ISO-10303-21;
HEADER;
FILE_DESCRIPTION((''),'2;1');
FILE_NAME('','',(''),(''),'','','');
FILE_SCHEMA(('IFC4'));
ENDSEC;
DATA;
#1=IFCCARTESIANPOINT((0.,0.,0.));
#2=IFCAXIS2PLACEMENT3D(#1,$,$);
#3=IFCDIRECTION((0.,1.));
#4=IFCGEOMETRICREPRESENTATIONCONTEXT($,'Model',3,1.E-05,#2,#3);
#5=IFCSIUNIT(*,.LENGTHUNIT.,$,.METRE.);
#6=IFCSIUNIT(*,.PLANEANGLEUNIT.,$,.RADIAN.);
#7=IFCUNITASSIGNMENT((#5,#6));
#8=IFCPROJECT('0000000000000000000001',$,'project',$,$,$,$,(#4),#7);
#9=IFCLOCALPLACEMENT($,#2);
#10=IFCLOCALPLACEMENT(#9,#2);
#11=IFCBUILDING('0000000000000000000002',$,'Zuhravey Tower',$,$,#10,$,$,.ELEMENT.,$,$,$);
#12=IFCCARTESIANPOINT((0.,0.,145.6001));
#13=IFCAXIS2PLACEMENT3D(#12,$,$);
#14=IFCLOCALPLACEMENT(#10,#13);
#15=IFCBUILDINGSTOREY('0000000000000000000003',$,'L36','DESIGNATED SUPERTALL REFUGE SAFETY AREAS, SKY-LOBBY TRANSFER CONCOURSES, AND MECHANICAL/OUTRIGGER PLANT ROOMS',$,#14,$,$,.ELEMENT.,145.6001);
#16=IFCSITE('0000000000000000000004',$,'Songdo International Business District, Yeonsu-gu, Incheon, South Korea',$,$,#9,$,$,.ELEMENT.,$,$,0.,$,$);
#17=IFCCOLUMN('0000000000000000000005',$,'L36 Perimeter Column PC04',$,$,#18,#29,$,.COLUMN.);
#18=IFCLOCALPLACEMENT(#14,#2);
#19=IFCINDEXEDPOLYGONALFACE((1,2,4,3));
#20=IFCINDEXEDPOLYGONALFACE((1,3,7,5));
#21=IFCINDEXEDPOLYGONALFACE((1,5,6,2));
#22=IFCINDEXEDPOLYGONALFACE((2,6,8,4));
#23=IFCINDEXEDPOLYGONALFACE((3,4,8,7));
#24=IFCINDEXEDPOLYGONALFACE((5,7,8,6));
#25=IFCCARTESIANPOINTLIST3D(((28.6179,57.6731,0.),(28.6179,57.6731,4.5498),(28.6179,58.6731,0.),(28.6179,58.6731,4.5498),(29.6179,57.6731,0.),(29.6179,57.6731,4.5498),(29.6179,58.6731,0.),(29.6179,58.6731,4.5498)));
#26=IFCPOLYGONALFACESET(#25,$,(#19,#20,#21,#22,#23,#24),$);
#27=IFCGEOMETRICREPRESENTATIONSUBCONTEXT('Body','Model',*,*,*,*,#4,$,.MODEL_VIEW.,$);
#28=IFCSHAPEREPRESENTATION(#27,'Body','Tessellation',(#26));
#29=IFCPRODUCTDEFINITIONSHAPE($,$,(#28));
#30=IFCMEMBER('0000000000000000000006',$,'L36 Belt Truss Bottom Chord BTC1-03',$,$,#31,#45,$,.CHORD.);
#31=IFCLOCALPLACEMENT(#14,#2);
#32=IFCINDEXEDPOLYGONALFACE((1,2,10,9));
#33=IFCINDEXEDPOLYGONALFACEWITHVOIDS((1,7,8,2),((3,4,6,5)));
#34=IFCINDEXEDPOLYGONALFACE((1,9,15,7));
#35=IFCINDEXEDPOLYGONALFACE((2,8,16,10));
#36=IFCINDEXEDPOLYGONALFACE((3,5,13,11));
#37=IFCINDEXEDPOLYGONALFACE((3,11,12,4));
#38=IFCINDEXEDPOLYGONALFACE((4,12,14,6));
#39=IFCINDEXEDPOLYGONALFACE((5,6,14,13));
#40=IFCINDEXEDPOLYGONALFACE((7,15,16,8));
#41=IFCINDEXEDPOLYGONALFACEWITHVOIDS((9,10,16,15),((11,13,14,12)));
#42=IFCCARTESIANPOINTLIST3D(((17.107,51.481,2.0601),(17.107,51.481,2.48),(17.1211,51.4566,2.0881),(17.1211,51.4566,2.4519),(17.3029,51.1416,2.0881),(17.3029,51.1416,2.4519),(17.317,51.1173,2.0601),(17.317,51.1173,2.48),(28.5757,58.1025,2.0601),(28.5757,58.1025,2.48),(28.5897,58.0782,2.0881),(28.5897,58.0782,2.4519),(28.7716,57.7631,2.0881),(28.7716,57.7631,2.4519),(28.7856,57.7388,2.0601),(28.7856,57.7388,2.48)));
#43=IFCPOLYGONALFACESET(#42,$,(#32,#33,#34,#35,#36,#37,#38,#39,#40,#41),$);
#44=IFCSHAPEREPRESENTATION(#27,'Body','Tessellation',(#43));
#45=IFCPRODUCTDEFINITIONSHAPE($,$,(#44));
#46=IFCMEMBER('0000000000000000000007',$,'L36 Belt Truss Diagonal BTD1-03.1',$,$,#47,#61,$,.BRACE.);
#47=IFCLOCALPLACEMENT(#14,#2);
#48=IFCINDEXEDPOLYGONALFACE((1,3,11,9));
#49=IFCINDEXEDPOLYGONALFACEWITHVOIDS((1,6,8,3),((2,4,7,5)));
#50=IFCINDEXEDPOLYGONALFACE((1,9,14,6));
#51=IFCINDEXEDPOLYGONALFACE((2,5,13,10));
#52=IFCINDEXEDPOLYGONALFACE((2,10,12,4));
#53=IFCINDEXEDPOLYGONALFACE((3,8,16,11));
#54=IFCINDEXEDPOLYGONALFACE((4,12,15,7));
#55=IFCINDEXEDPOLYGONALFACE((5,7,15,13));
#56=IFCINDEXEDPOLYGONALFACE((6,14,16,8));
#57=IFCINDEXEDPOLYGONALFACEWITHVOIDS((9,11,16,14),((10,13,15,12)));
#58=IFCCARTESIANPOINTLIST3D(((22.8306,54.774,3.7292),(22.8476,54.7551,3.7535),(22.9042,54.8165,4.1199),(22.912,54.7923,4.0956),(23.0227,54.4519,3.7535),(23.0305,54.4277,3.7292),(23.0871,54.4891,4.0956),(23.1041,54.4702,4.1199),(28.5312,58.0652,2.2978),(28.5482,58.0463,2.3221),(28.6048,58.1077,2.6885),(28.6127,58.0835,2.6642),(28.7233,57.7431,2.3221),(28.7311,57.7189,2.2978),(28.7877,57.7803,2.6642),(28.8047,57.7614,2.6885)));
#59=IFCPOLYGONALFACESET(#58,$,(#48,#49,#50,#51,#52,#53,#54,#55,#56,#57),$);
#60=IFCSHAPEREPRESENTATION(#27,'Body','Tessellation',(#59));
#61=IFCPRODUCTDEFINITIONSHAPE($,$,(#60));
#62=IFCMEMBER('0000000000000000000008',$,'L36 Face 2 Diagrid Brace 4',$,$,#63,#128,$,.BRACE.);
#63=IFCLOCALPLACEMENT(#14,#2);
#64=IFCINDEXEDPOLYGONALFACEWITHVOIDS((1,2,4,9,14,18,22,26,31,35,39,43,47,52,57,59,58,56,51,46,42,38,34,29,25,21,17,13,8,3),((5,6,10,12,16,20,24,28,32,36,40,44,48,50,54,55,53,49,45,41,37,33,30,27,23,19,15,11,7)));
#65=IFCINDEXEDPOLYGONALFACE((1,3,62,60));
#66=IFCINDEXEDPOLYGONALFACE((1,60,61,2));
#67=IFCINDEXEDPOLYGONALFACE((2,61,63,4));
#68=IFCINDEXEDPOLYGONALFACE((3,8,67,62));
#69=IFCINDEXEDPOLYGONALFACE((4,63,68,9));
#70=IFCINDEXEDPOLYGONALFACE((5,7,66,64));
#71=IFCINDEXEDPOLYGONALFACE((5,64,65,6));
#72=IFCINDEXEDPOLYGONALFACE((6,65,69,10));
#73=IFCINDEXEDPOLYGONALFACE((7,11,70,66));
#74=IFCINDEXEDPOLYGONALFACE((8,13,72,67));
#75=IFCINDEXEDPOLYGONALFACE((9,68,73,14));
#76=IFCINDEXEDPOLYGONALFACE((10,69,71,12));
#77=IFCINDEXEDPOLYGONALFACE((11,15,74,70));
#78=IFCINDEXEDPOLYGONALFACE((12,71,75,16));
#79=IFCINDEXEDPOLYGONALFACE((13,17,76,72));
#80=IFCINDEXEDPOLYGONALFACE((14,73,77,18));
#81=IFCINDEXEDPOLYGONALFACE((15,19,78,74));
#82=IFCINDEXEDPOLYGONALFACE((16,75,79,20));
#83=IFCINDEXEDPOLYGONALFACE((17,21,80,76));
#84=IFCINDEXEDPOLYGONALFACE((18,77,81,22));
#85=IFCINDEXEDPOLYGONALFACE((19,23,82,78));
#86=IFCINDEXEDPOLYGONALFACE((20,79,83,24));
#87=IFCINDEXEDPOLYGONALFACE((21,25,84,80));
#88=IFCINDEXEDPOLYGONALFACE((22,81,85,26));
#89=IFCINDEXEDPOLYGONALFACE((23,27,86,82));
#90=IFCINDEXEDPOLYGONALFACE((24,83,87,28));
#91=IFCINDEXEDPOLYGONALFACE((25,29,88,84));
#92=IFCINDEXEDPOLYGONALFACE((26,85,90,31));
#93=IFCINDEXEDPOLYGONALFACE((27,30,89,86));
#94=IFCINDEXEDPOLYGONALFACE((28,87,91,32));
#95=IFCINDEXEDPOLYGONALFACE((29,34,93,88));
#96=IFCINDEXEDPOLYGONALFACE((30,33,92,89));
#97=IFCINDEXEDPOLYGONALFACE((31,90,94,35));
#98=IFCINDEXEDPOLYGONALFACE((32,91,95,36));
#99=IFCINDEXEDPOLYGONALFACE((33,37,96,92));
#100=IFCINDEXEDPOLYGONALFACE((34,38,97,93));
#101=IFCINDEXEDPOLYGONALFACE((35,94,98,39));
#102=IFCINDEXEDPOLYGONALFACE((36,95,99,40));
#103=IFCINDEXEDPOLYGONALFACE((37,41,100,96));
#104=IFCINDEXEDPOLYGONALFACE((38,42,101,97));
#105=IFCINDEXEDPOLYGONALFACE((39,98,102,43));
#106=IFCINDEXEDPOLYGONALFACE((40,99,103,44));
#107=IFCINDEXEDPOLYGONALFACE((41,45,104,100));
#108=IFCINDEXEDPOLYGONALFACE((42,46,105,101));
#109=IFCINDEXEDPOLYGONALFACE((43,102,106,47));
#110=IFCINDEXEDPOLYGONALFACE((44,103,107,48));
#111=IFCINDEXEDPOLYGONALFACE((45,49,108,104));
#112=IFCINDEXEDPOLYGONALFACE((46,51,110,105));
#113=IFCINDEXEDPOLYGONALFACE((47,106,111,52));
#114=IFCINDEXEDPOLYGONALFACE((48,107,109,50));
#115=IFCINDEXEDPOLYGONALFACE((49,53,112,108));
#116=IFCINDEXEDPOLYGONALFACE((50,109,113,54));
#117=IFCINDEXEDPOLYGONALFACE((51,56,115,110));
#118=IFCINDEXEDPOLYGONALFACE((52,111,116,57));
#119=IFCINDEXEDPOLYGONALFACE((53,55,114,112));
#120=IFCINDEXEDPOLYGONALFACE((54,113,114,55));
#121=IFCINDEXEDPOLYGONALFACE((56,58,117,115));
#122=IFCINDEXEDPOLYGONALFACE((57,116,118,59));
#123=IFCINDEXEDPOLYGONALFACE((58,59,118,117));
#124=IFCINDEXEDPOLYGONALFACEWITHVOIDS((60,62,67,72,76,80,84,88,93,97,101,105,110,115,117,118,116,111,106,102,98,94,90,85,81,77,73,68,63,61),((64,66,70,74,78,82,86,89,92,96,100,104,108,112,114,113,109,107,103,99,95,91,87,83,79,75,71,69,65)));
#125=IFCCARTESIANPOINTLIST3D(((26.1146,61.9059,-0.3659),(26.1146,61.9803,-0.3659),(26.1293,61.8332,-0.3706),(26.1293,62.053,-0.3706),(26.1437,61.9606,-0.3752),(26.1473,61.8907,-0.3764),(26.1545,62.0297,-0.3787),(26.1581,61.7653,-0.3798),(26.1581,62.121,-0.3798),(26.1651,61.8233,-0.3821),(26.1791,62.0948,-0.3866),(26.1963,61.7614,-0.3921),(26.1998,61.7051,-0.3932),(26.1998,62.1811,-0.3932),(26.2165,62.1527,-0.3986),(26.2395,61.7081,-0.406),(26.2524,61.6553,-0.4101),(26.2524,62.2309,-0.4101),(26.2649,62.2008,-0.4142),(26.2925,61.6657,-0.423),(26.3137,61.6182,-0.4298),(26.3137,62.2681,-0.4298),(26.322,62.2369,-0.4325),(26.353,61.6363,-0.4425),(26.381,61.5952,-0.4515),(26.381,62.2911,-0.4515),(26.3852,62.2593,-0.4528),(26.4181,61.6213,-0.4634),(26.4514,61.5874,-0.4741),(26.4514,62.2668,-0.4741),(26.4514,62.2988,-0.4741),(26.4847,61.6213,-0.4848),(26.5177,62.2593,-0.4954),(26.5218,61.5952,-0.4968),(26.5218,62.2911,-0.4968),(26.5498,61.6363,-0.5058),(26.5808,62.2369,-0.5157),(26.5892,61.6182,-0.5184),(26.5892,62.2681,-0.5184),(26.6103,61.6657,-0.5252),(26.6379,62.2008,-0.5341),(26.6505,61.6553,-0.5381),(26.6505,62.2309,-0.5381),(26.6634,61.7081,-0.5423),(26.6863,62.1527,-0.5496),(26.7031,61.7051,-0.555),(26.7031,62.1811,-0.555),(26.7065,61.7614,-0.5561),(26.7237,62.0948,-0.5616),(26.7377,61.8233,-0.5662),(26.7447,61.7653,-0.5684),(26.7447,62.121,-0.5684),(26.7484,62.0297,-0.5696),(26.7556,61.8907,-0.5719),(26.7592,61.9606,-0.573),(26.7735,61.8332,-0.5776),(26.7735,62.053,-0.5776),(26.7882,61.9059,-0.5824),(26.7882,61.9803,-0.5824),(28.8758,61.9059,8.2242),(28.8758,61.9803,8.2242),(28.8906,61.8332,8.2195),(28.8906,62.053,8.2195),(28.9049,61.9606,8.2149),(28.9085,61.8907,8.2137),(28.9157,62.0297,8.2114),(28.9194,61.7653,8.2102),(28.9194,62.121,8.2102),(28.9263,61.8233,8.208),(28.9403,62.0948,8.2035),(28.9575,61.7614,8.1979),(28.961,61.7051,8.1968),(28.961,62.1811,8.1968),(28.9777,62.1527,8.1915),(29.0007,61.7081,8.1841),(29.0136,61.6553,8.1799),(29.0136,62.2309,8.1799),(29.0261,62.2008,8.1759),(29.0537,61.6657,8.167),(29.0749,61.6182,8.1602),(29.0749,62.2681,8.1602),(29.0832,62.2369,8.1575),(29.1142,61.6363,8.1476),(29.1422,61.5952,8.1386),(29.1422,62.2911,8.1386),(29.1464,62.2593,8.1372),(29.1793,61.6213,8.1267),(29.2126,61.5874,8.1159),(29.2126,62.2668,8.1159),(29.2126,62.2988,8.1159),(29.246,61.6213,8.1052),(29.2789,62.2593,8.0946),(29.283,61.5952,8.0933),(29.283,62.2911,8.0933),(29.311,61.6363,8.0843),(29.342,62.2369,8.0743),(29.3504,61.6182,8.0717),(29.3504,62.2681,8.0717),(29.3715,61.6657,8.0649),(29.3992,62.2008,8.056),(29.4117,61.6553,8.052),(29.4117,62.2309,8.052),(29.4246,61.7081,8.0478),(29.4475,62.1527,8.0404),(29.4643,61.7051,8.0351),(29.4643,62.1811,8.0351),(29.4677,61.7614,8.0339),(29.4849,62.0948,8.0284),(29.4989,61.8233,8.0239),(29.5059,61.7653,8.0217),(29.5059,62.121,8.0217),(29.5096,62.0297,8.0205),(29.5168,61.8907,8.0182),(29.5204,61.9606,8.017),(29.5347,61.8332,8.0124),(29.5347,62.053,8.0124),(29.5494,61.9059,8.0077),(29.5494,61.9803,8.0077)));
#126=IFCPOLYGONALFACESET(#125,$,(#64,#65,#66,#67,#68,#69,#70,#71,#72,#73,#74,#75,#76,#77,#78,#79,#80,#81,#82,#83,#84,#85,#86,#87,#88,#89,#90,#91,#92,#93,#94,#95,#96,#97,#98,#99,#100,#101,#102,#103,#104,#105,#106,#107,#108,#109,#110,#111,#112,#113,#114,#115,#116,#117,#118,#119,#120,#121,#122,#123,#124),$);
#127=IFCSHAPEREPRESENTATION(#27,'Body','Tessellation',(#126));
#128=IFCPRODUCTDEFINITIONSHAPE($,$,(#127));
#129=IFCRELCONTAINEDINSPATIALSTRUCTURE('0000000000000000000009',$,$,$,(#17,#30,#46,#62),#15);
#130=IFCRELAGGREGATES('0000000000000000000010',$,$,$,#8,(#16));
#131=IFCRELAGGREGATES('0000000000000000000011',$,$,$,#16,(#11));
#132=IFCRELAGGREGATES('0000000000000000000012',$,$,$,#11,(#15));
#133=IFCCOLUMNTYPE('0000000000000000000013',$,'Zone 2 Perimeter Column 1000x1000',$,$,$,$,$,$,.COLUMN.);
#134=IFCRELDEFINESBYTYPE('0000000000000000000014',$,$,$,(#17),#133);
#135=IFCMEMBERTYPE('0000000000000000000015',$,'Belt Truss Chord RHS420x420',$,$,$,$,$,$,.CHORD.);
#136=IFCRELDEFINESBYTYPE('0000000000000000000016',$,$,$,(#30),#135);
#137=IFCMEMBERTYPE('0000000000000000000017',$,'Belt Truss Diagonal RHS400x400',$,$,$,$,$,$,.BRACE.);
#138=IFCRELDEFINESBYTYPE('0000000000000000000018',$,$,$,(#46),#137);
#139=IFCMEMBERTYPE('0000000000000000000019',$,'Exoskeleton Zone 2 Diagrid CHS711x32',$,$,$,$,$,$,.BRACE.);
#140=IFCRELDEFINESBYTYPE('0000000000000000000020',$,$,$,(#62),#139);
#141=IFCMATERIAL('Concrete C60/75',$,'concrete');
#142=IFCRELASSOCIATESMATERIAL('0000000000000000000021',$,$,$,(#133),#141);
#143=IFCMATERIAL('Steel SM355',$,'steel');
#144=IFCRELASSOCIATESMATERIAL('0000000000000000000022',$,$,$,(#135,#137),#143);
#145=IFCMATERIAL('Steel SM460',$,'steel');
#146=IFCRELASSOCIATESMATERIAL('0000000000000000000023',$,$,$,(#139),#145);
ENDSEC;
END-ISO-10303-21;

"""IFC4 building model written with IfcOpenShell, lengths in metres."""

from ifc_helpers import new_model, si_unit, direction, frame, origin, origin_2d, place, context, subcontext, project, spatial, rectangle, hollow_rectangle, hollow_circle, extrude, material, material_profile, profile_set, type_object, element, save


model = new_model("IFC4")

# Units and contexts
model_context = context("Model", 3, precision=1e-05, world=origin(), true_north=direction((0.0, 1.0)))
body_context = subcontext(model_context, "Body", "Model", "MODEL_VIEW")
ifc_project = project(units=[si_unit("LENGTHUNIT", "METRE"), si_unit("PLANEANGLEUNIT", "RADIAN")], contexts=[model_context])

# Site, building, storey
site_placement = place(None, origin())
site = spatial("IfcSite", under=ifc_project, at=site_placement, Name="Songdo International Business District, Yeonsu-gu, Incheon, South Korea", CompositionType="ELEMENT", RefElevation=0.0)
building_placement = place(site_placement, origin())
building = spatial("IfcBuilding", under=site, at=building_placement, Name="Zuhravey Tower", CompositionType="ELEMENT")
storey_placement = place(building_placement, frame((0.0, 0.0, 145.6001)))
storey = spatial("IfcBuildingStorey", under=building, at=storey_placement, Name="L36", Description="DESIGNATED SUPERTALL REFUGE SAFETY AREAS, SKY-LOBBY TRANSFER CONCOURSES, AND MECHANICAL/OUTRIGGER PLANT ROOMS", CompositionType="ELEMENT", Elevation=145.6001)

# Column
ifc_material_1 = material(Name="Concrete C60/75", Category="concrete")
ifc_material_profile_1 = material_profile(ifc_material_1, rectangle(XDim=1.0, YDim=1.0, at=origin_2d()), Name="RC-1000x1000")
ifc_profile_set_1 = profile_set([ifc_material_profile_1], Name="Concrete C60/75")
column_type = type_object("IfcColumnType", Name="Zone 2 Perimeter Column 1000x1000", PredefinedType="COLUMN", material=ifc_profile_set_1)
column_placement = place(storey_placement, frame((29.1179, 58.1731, 0.0), z_axis=(0.0, 0.0, 1.0), x_axis=(-1.0, 0.0, 0.0)))
element("IfcColumn", 1, at=column_placement, inside=storey, type_object=column_type, Name="L36 Perimeter Column PC04", PredefinedType="COLUMN", context=body_context, shape_type="SweptSolid", body=[
    extrude(rectangle(XDim=1.0, YDim=1.0, at=origin_2d()), origin(), (0.0, 0.0, 1.0), 4.5498),
])

# Members
ifc_material_2 = material(Name="Steel SM355", Category="steel")
ifc_material_profile_2 = material_profile(ifc_material_2, hollow_rectangle(XDim=0.4199, YDim=0.4199, WallThickness=0.0281, at=origin_2d()), Name="RHS-420x420x28")
ifc_profile_set_2 = profile_set([ifc_material_profile_2], Name="Steel SM355")
member_type_1 = type_object("IfcMemberType", Name="Belt Truss Chord RHS420x420", PredefinedType="CHORD", material=ifc_profile_set_2)
member_1_placement = place(storey_placement, frame((28.6807, 57.9207, 2.27), z_axis=(-0.866022, -0.500005, 0.0), x_axis=(0.500005, -0.866022, 0.0)))
element("IfcMember", 2, at=member_1_placement, inside=storey, type_object=member_type_1, Name="L36 Belt Truss Bottom Chord BTC1-03", PredefinedType="CHORD", context=body_context, shape_type="SweptSolid", body=[
    extrude(hollow_rectangle(XDim=0.4199, YDim=0.4199, WallThickness=0.0281, at=origin_2d()), origin(), (0.0, 0.0, 1.0), 13.2429),
])
ifc_material_profile_3 = material_profile(ifc_material_2, hollow_rectangle(XDim=0.3999, YDim=0.3999, WallThickness=0.0249, at=origin_2d()), Name="RHS-400x400x25")
ifc_profile_set_3 = profile_set([ifc_material_profile_3], Name="Steel SM355")
member_type_2 = type_object("IfcMemberType", Name="Belt Truss Diagonal RHS400x400", PredefinedType="BRACE", material=ifc_profile_set_3)
member_2_placement = place(storey_placement, frame((28.668, 57.9133, 2.4932), z_axis=(-0.846251, -0.488578, 0.212487), x_axis=(0.499996, -0.866027, 0.0)))
element("IfcMember", 3, at=member_2_placement, inside=storey, type_object=member_type_2, Name="L36 Belt Truss Diagonal BTD1-03.1", PredefinedType="BRACE", context=body_context, shape_type="SweptSolid", body=[
    extrude(hollow_rectangle(XDim=0.3999, YDim=0.3999, WallThickness=0.0249, at=origin_2d()), origin(), (0.0, 0.0, 1.0), 6.7363),
])
ifc_material_3 = material(Name="Steel SM460", Category="steel")
ifc_material_profile_4 = material_profile(ifc_material_3, hollow_circle(Radius=0.3557, WallThickness=0.032, at=origin_2d()), Name="CHS-711.2x32")
ifc_profile_set_4 = profile_set([ifc_material_profile_4], Name="Steel SM460")
member_type_3 = type_object("IfcMemberType", Name="Exoskeleton Zone 2 Diagrid CHS711x32", PredefinedType="BRACE", material=ifc_profile_set_4)
member_3_placement = place(storey_placement, frame((26.4514, 61.9431, -0.4741), z_axis=(0.306022, 0.0, 0.952024), x_axis=(0.0, 1.0, 0.0)))
element("IfcMember", 4, at=member_3_placement, inside=storey, type_object=member_type_3, Name="L36 Face 2 Diagrid Brace 4", PredefinedType="BRACE", context=body_context, shape_type="SweptSolid", body=[
    extrude(hollow_circle(Radius=0.3557, WallThickness=0.032, at=origin_2d()), origin(), (0.0, 0.0, 1.0), 9.0229),
])

save(model, "model.ifc")
